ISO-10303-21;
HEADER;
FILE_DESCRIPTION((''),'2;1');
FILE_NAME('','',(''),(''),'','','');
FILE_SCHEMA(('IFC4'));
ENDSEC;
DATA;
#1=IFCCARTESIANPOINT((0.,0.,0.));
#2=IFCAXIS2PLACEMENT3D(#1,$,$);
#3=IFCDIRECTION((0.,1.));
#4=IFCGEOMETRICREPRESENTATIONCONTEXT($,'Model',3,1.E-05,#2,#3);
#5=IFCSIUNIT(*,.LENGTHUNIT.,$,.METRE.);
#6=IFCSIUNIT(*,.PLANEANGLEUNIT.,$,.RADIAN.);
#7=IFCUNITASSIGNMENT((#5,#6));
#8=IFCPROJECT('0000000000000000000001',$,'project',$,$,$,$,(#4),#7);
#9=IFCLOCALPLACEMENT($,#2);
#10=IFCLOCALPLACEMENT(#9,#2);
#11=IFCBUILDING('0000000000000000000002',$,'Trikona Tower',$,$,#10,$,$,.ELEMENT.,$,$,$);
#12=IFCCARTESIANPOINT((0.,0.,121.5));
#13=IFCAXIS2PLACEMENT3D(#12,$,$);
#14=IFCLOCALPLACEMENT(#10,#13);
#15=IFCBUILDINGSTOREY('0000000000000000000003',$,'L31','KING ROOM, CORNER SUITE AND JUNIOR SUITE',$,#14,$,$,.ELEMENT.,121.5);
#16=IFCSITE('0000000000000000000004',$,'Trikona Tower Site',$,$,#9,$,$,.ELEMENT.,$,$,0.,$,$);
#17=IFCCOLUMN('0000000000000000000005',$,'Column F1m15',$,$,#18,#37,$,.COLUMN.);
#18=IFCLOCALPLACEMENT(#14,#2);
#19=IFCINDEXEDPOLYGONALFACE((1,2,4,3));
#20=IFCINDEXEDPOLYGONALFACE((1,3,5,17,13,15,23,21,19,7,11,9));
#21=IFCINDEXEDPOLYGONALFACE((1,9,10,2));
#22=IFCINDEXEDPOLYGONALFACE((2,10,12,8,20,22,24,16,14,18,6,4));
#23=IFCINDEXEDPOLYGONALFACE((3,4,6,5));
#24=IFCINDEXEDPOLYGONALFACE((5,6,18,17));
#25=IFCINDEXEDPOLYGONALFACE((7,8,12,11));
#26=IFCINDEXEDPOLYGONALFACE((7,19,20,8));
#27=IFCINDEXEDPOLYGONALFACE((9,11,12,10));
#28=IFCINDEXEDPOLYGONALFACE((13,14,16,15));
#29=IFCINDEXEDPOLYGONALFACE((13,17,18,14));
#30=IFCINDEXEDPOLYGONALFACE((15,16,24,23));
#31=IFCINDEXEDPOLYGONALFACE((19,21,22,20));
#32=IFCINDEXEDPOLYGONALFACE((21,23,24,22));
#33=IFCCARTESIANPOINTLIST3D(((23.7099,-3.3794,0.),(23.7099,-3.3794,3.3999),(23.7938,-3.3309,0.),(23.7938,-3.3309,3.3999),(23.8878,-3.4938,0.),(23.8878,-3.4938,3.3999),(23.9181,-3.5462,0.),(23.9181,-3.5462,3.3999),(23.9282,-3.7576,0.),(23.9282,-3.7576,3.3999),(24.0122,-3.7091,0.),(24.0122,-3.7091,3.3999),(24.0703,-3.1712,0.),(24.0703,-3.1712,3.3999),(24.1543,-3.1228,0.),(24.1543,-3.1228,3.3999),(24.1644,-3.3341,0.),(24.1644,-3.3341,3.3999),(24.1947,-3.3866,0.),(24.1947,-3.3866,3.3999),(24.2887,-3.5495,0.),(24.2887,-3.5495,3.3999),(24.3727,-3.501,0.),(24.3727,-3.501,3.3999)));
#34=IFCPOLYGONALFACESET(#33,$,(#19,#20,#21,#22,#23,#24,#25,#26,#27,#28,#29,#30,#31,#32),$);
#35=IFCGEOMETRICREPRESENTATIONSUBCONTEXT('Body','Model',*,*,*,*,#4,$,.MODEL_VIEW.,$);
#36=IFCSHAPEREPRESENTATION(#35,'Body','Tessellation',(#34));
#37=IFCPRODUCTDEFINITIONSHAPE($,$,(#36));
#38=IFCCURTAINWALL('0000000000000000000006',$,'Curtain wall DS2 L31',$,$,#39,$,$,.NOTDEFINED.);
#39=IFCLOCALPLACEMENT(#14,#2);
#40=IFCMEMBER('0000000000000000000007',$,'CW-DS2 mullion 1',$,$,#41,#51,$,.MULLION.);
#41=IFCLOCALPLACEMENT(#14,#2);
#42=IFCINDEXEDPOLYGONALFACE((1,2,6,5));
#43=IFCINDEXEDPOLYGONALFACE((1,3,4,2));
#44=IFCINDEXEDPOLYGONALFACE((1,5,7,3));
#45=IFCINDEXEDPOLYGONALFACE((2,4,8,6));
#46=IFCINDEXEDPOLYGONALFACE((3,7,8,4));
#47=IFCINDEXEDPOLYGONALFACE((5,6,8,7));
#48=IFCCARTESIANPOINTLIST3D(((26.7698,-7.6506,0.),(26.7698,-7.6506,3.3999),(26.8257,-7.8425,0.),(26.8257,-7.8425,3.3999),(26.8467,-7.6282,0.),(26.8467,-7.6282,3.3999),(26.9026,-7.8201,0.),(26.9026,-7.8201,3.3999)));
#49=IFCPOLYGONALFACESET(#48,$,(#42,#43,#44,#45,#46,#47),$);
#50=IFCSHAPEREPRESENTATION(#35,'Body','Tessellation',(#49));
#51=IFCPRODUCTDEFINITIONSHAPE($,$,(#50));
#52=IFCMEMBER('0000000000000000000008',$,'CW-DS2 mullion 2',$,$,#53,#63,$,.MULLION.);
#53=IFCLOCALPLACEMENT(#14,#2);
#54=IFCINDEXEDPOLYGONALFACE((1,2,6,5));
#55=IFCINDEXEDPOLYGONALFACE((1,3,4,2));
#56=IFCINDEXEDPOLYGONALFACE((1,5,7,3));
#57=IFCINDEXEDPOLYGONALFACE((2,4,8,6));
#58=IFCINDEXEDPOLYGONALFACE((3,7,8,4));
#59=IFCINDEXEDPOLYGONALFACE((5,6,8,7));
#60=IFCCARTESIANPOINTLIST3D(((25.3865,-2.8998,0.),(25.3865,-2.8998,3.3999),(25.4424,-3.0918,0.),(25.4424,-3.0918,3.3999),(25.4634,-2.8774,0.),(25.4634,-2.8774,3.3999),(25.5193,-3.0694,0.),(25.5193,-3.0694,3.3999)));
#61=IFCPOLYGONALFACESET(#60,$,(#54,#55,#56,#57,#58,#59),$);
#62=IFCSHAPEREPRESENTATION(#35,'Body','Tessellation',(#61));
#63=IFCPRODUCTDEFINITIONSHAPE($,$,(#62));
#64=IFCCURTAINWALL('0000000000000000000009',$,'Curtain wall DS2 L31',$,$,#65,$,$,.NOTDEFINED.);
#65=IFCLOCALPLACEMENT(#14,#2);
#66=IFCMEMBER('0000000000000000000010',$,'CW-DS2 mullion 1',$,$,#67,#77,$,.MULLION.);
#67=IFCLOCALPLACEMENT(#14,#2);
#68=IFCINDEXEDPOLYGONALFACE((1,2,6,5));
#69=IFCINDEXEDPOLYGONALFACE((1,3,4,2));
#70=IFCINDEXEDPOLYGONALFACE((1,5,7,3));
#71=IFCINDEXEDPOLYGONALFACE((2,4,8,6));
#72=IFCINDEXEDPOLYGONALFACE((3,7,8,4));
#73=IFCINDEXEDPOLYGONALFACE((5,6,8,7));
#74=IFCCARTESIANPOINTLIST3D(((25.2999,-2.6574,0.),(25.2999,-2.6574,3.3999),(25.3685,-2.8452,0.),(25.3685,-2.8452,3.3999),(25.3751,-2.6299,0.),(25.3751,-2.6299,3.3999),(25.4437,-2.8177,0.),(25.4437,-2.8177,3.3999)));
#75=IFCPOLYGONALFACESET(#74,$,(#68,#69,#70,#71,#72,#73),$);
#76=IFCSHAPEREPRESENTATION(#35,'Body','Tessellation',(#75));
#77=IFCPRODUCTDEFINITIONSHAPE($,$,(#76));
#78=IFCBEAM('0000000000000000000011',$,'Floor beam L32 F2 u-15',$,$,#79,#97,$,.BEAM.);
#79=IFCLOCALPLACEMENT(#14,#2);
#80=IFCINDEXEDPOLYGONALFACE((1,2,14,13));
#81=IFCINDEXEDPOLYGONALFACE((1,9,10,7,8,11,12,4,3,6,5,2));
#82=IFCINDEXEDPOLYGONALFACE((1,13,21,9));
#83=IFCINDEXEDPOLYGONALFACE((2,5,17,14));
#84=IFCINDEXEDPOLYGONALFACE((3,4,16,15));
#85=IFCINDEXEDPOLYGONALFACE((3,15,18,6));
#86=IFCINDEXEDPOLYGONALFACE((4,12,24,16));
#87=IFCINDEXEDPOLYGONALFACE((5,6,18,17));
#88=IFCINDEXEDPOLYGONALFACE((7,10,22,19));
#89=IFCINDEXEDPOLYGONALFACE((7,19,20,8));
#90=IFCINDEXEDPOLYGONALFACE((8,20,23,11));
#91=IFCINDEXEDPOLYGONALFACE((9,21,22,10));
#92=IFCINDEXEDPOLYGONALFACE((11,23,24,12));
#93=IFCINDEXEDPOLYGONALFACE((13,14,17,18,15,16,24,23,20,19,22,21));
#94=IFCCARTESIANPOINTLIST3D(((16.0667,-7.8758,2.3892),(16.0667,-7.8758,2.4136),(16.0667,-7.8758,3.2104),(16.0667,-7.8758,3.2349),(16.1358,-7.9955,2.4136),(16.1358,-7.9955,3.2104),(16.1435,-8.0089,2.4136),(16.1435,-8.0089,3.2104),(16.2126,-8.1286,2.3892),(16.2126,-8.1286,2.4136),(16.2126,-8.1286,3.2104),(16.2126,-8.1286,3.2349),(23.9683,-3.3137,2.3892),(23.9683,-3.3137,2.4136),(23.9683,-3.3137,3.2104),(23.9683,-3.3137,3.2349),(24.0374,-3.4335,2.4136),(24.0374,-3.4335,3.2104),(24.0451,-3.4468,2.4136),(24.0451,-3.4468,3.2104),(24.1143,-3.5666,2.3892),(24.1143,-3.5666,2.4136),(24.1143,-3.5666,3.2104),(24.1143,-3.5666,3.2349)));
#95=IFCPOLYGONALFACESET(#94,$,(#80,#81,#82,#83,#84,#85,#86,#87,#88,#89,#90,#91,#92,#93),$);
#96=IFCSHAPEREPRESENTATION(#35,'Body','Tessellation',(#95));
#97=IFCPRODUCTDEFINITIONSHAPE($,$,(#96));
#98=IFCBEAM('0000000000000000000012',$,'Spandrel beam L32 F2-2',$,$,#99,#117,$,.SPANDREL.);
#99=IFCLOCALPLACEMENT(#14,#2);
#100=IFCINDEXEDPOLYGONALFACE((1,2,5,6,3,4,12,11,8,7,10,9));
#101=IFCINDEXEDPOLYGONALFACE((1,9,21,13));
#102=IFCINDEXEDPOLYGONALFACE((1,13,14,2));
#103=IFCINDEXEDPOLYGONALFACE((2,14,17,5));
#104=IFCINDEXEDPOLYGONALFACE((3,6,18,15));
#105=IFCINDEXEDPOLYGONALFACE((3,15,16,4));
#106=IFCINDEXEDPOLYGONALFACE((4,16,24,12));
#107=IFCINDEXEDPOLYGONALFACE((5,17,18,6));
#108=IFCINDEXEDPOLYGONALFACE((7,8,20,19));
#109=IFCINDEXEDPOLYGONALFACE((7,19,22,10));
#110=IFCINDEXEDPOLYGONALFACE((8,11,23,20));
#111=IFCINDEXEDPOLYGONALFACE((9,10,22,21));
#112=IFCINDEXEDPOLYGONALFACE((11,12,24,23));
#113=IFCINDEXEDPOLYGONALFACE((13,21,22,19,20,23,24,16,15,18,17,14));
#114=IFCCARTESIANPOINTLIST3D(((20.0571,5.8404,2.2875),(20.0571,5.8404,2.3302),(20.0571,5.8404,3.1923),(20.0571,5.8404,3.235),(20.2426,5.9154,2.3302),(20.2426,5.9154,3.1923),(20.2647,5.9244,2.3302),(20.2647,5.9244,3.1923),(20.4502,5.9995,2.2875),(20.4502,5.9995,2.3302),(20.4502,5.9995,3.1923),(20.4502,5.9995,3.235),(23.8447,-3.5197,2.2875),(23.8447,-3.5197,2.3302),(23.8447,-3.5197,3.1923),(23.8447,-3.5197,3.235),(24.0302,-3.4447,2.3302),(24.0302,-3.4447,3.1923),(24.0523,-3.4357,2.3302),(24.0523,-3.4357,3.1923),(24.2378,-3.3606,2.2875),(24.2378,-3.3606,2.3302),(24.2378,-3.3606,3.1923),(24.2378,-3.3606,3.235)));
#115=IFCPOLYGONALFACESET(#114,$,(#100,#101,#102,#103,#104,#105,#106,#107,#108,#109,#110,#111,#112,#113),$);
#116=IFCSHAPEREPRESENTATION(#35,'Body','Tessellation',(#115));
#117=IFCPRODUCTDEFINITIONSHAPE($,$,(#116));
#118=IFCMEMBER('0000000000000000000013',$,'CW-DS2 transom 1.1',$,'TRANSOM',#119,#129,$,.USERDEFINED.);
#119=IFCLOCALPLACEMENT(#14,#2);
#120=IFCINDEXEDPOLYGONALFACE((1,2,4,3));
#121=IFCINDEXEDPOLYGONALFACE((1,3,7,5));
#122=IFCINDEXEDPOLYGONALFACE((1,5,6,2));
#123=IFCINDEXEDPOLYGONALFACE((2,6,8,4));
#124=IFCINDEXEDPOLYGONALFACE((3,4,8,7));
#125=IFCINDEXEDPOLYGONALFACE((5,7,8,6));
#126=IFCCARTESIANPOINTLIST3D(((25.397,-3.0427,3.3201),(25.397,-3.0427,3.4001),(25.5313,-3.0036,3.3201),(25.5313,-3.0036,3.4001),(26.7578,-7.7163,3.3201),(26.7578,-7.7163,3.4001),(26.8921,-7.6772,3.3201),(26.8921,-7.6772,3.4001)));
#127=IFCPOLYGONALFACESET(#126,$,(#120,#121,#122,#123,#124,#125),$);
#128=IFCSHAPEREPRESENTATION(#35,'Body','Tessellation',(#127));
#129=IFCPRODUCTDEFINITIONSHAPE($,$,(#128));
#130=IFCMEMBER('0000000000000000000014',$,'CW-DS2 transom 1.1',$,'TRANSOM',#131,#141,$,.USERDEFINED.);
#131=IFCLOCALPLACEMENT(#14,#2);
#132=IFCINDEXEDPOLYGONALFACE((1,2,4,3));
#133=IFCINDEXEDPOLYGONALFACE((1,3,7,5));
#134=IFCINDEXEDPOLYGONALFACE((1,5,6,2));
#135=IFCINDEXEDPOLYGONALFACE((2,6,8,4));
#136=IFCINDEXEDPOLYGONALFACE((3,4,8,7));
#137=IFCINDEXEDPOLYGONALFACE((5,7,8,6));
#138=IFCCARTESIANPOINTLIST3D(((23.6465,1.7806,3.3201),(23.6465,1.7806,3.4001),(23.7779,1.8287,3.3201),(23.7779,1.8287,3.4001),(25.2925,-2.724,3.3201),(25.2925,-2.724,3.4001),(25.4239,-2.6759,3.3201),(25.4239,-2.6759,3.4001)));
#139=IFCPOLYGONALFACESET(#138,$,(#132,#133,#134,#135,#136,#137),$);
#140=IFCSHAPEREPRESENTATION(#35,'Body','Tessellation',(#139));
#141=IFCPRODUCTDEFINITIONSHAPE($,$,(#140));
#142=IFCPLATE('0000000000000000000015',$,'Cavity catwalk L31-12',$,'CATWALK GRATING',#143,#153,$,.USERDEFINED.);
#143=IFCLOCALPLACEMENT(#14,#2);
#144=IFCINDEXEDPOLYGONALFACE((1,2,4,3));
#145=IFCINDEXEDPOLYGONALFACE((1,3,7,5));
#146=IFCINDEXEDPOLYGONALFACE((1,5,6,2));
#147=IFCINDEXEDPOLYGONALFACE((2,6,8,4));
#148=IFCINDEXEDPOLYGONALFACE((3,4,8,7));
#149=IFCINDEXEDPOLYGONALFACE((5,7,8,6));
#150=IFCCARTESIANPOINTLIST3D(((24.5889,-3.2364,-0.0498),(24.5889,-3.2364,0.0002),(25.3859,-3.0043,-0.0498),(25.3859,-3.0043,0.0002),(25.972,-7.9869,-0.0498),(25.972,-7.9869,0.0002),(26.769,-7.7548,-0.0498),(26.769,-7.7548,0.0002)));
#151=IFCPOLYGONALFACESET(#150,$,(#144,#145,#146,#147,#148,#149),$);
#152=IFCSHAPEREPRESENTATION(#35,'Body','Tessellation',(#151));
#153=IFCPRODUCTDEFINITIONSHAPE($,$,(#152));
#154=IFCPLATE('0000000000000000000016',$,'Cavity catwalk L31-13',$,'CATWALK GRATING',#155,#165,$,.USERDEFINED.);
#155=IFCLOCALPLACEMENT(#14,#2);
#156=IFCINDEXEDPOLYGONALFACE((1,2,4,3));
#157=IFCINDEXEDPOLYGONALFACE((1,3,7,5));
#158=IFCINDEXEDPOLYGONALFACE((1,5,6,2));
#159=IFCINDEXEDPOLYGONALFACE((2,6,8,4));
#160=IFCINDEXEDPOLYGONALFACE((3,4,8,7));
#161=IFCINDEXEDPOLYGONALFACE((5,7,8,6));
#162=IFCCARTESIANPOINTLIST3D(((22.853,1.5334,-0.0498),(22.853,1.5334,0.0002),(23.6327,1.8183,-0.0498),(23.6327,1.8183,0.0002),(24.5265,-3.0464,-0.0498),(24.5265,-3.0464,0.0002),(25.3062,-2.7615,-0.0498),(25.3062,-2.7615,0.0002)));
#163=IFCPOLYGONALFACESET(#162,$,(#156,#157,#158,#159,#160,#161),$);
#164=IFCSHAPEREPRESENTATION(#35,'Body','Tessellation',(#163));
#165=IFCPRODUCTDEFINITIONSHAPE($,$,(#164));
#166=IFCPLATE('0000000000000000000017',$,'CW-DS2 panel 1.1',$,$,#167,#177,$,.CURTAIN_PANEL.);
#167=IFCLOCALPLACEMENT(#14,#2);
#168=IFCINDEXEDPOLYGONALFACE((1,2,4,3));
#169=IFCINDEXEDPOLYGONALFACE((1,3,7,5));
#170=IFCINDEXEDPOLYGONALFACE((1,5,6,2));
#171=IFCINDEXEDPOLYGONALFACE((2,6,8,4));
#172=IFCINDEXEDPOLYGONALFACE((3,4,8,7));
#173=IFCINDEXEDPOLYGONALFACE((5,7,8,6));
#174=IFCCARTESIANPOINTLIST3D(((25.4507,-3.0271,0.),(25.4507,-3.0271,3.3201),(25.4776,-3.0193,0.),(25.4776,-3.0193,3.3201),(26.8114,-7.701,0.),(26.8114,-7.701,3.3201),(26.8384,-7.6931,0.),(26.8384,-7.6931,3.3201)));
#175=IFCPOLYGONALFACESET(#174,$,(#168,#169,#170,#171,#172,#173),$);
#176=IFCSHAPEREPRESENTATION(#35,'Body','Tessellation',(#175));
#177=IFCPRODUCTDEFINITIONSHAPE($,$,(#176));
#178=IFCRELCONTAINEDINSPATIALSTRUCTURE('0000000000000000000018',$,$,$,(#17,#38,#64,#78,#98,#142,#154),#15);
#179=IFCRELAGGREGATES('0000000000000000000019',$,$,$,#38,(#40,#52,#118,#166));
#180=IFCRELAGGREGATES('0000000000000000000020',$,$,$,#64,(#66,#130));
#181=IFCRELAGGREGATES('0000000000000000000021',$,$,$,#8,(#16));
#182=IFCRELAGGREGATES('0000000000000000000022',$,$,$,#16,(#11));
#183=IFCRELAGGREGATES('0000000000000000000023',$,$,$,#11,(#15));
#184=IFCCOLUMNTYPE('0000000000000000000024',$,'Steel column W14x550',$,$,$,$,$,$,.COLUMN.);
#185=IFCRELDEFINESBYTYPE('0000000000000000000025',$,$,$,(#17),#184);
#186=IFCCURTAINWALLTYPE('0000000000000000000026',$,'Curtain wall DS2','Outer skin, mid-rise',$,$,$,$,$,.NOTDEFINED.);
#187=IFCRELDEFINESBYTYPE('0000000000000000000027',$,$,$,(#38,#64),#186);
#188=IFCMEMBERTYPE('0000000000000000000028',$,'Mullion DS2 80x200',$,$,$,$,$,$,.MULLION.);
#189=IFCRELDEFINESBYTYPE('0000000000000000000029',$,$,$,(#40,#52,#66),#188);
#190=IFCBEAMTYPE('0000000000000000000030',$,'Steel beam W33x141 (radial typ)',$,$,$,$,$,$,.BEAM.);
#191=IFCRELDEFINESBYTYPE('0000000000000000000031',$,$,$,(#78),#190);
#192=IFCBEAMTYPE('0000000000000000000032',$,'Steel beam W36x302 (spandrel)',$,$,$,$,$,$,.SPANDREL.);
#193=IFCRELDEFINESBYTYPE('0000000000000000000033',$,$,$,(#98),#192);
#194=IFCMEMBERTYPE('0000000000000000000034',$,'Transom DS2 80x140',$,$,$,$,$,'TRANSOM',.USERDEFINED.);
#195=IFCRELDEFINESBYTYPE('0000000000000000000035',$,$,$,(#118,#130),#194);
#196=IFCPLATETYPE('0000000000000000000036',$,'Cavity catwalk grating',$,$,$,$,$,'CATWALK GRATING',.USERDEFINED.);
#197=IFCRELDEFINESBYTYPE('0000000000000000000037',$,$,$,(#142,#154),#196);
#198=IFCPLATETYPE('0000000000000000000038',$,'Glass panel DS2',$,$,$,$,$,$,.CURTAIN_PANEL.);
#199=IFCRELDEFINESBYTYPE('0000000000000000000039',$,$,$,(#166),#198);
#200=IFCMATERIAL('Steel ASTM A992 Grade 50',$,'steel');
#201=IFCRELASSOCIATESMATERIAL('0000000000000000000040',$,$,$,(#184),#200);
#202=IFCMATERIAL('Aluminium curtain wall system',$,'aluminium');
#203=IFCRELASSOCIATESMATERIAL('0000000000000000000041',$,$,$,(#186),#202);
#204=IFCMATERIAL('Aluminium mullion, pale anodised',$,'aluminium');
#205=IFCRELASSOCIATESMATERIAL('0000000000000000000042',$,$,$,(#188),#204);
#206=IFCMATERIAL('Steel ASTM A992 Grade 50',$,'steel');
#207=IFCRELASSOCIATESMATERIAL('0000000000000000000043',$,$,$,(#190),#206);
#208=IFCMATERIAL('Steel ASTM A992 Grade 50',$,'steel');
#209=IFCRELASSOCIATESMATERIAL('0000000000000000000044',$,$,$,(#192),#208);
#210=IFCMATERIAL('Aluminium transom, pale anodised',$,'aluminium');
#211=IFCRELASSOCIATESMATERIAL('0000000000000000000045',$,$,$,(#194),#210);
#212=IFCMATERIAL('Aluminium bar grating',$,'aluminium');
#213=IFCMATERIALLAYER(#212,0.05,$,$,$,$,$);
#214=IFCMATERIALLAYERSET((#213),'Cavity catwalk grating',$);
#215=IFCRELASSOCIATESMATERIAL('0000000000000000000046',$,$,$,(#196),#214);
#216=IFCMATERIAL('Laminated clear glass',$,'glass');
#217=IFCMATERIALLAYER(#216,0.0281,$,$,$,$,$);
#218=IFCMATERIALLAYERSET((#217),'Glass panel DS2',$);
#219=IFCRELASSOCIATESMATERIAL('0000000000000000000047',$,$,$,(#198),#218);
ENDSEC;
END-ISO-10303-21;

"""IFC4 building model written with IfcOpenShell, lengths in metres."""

from ifc_helpers import new_model, si_unit, direction, frame, origin, origin_2d, place, context, subcontext, project, spatial, rectangle, i_section, extrude, material, layer, layer_set, material_profile, profile_set, type_object, element, aggregate, save


model = new_model("IFC4")

# Units and contexts
model_context = context("Model", 3, precision=1e-05, world=origin(), true_north=direction((0.0, 1.0)))
body_context = subcontext(model_context, "Body", "Model", "MODEL_VIEW")
ifc_project = project(units=[si_unit("LENGTHUNIT", "METRE"), si_unit("PLANEANGLEUNIT", "RADIAN")], contexts=[model_context])

# Site, building, storey
site_placement = place(None, origin())
site = spatial("IfcSite", under=ifc_project, at=site_placement, Name="Trikona Tower Site", CompositionType="ELEMENT", RefElevation=0.0)
building_placement = place(site_placement, origin())
building = spatial("IfcBuilding", under=site, at=building_placement, Name="Trikona Tower", CompositionType="ELEMENT")
storey_placement = place(building_placement, frame((0.0, 0.0, 121.5)))
storey = spatial("IfcBuildingStorey", under=building, at=storey_placement, Name="L31", Description="KING ROOM, CORNER SUITE AND JUNIOR SUITE", CompositionType="ELEMENT", Elevation=121.5)

# Column
ifc_material_1 = material(Name="Steel ASTM A992 Grade 50", Category="steel")
ifc_material_profile_1 = material_profile(ifc_material_1, i_section(OverallWidth=0.4368, OverallDepth=0.5132, WebThickness=0.0605, FlangeThickness=0.0969, at=origin_2d()), Name="W14X550")
ifc_profile_set_1 = profile_set([ifc_material_profile_1], Name="Steel ASTM A992 Grade 50")
column_type = type_object("IfcColumnType", Name="Steel column W14x550", PredefinedType="COLUMN", material=ifc_profile_set_1)
column_placement = place(storey_placement, frame((24.0413, -3.4402, 0.0), z_axis=(0.0, 0.0, 1.0), x_axis=(-0.5, 0.866025, 0.0)))
element("IfcColumn", 1, at=column_placement, inside=storey, type_object=column_type, Name="Column F1m15", PredefinedType="COLUMN", context=body_context, shape_type="SweptSolid", body=[
    extrude(i_section(OverallWidth=0.4368, OverallDepth=0.5132, WebThickness=0.0605, FlangeThickness=0.0969, at=origin_2d()), origin(), (0.0, 0.0, 1.0), 3.3999),
])

# Curtain wall, members
ifc_material_2 = material(Name="Aluminium curtain wall system", Category="aluminium")
curtain_wall_type = type_object("IfcCurtainWallType", Name="Curtain wall DS2", Description="Outer skin, mid-rise", PredefinedType="NOTDEFINED", material=ifc_material_2)
curtain_wall_1_placement = place(storey_placement, origin())
curtain_wall_1 = element("IfcCurtainWall", 2, at=curtain_wall_1_placement, inside=storey, type_object=curtain_wall_type, Name="Curtain wall DS2 L31", PredefinedType="NOTDEFINED")
ifc_material_3 = material(Name="Aluminium mullion, pale anodised", Category="aluminium")
ifc_material_profile_2 = material_profile(ifc_material_3, rectangle(XDim=0.0801, YDim=0.2, at=origin_2d()), Name="MUL-DS2")
ifc_profile_set_2 = profile_set([ifc_material_profile_2], Name="Aluminium mullion, pale anodised")
member_type_1 = type_object("IfcMemberType", Name="Mullion DS2 80x200", PredefinedType="MULLION", material=ifc_profile_set_2)
member_1_placement = place(storey_placement, frame((26.8362, -7.7354, 0.0), z_axis=(0.0, 0.0, 1.0), x_axis=(-0.960133, -0.279543, 0.0)))
member_1 = element("IfcMember", 3, at=member_1_placement, type_object=member_type_1, Name="CW-DS2 mullion 1", PredefinedType="MULLION", context=body_context, shape_type="SweptSolid", body=[
    extrude(rectangle(XDim=0.0801, YDim=0.2, at=origin_2d()), origin(), (0.0, 0.0, 1.0), 3.3999),
])
member_2_placement = place(storey_placement, frame((25.4529, -2.9846, 0.0), z_axis=(0.0, 0.0, 1.0), x_axis=(-0.960133, -0.279543, 0.0)))
member_2 = element("IfcMember", 4, at=member_2_placement, type_object=member_type_1, Name="CW-DS2 mullion 2", PredefinedType="MULLION", context=body_context, shape_type="SweptSolid", body=[
    extrude(rectangle(XDim=0.0801, YDim=0.2, at=origin_2d()), origin(), (0.0, 0.0, 1.0), 3.3999),
])

# Curtain wall, member
curtain_wall_2_placement = place(storey_placement, origin())
curtain_wall_2 = element("IfcCurtainWall", 5, at=curtain_wall_2_placement, inside=storey, type_object=curtain_wall_type, Name="Curtain wall DS2 L31", PredefinedType="NOTDEFINED")
member_3_placement = place(storey_placement, frame((25.3718, -2.7375, 0.0), z_axis=(0.0, 0.0, 1.0), x_axis=(-0.939254, -0.343223, 0.0)))
member_3 = element("IfcMember", 6, at=member_3_placement, type_object=member_type_1, Name="CW-DS2 mullion 1", PredefinedType="MULLION", context=body_context, shape_type="SweptSolid", body=[
    extrude(rectangle(XDim=0.0801, YDim=0.2, at=origin_2d()), origin(), (0.0, 0.0, 1.0), 3.3999),
])

# Beams
ifc_material_4 = material(Name="Steel ASTM A992 Grade 50", Category="steel")
ifc_material_profile_3 = material_profile(ifc_material_4, i_section(OverallWidth=0.292, OverallDepth=0.8457, WebThickness=0.0154, FlangeThickness=0.0244, at=origin_2d()), Name="W33X141")
ifc_profile_set_3 = profile_set([ifc_material_profile_3], Name="Steel ASTM A992 Grade 50")
beam_type_1 = type_object("IfcBeamType", Name="Steel beam W33x141 (radial typ)", PredefinedType="BEAM", material=ifc_profile_set_3)
beam_1_placement = place(storey_placement, frame((16.1396, -8.0022, 2.812), z_axis=(0.866025, 0.500001, 0.0), x_axis=(-0.500001, 0.866025, 0.0)))
element("IfcBeam", 7, at=beam_1_placement, inside=storey, type_object=beam_type_1, Name="Floor beam L32 F2 u-15", PredefinedType="BEAM", context=body_context, shape_type="SweptSolid", body=[
    extrude(i_section(OverallWidth=0.292, OverallDepth=0.8457, WebThickness=0.0154, FlangeThickness=0.0244, at=origin_2d()), origin(), (0.0, 0.0, 1.0), 9.124),
])
ifc_material_5 = material(Name="Steel ASTM A992 Grade 50", Category="steel")
ifc_material_profile_4 = material_profile(ifc_material_5, i_section(OverallWidth=0.4241, OverallDepth=0.9475, WebThickness=0.0239, FlangeThickness=0.0427, at=origin_2d()), Name="W36X302")
ifc_profile_set_4 = profile_set([ifc_material_profile_4], Name="Steel ASTM A992 Grade 50")
beam_type_2 = type_object("IfcBeamType", Name="Steel beam W36x302 (spandrel)", PredefinedType="SPANDREL", material=ifc_profile_set_4)
beam_2_placement = place(storey_placement, frame((24.0413, -3.4402, 2.7612), z_axis=(-0.375106, 0.926982, 0.0), x_axis=(-0.926982, -0.375106, 0.0)))
element("IfcBeam", 8, at=beam_2_placement, inside=storey, type_object=beam_type_2, Name="Spandrel beam L32 F2-2", PredefinedType="SPANDREL", context=body_context, shape_type="SweptSolid", body=[
    extrude(i_section(OverallWidth=0.4241, OverallDepth=0.9475, WebThickness=0.0239, FlangeThickness=0.0427, at=origin_2d()), origin(), (0.0, 0.0, 1.0), 10.0974),
])

# Members
ifc_material_6 = material(Name="Aluminium transom, pale anodised", Category="aluminium")
ifc_material_profile_5 = material_profile(ifc_material_6, rectangle(XDim=0.1399, YDim=0.0801, at=origin_2d()), Name="TRN-DS2")
ifc_profile_set_5 = profile_set([ifc_material_profile_5], Name="Aluminium transom, pale anodised")
member_type_2 = type_object("IfcMemberType", Name="Transom DS2 80x140", ElementType="TRANSOM", PredefinedType="USERDEFINED", material=ifc_profile_set_5)
member_4_placement = place(storey_placement, frame((26.825, -7.6968, 3.3601), z_axis=(-0.279567, 0.960126, 0.0), x_axis=(-0.960126, -0.279567, 0.0)))
member_4 = element("IfcMember", 9, at=member_4_placement, type_object=member_type_2, Name="CW-DS2 transom 1.1", ObjectType="TRANSOM", PredefinedType="USERDEFINED", context=body_context, shape_type="SweptSolid", body=[
    extrude(rectangle(XDim=0.1399, YDim=0.0801, at=origin_2d()), origin(), (0.0, 0.0, 1.0), 4.8677),
])
member_5_placement = place(storey_placement, frame((25.3582, -2.7, 3.3601), z_axis=(-0.343206, 0.93926, 0.0), x_axis=(-0.93926, -0.343206, 0.0)))
member_5 = element("IfcMember", 10, at=member_5_placement, type_object=member_type_2, Name="CW-DS2 transom 1.1", ObjectType="TRANSOM", PredefinedType="USERDEFINED", context=body_context, shape_type="SweptSolid", body=[
    extrude(rectangle(XDim=0.1399, YDim=0.0801, at=origin_2d()), origin(), (0.0, 0.0, 1.0), 4.7959),
])

# Plates
ifc_material_7 = material(Name="Aluminium bar grating", Category="aluminium")
ifc_layer_1 = layer(ifc_material_7, 0.05)
ifc_layer_set_1 = layer_set([ifc_layer_1], Name="Cavity catwalk grating")
plate_type_1 = type_object("IfcPlateType", Name="Cavity catwalk grating", ElementType="CATWALK GRATING", PredefinedType="USERDEFINED", material=ifc_layer_set_1)
plate_1_placement = place(storey_placement, frame((25.679, -5.4956, -0.0498), z_axis=(0.0, 0.0, 1.0), x_axis=(-0.279554, 0.96013, 0.0)))
element("IfcPlate", 11, at=plate_1_placement, inside=storey, type_object=plate_type_1, Name="Cavity catwalk L31-12", ObjectType="CATWALK GRATING", PredefinedType="USERDEFINED", context=body_context, shape_type="SweptSolid", body=[
    extrude(rectangle(XDim=4.9478, YDim=0.8301, at=origin_2d()), origin(), (0.0, 0.0, 1.0), 0.05),
])
plate_2_placement = place(storey_placement, frame((24.0796, -0.614, -0.0498), z_axis=(0.0, 0.0, 1.0), x_axis=(-0.34322, 0.939255, 0.0)))
element("IfcPlate", 12, at=plate_2_placement, inside=storey, type_object=plate_type_1, Name="Cavity catwalk L31-13", ObjectType="CATWALK GRATING", PredefinedType="USERDEFINED", context=body_context, shape_type="SweptSolid", body=[
    extrude(rectangle(XDim=4.876, YDim=0.8301, at=origin_2d()), origin(), (0.0, 0.0, 1.0), 0.05),
])

# Plate
ifc_material_8 = material(Name="Laminated clear glass", Category="glass")
ifc_layer_2 = layer(ifc_material_8, 0.0281)
ifc_layer_set_2 = layer_set([ifc_layer_2], Name="Glass panel DS2")
plate_type_2 = type_object("IfcPlateType", Name="Glass panel DS2", PredefinedType="CURTAIN_PANEL", material=ifc_layer_set_2)
plate_3_placement = place(storey_placement, frame((26.1445, -5.3601, 0.0), z_axis=(0.0, 0.0, 1.0), x_axis=(-0.279543, 0.960133, 0.0)))
plate_3 = element("IfcPlate", 13, at=plate_3_placement, type_object=plate_type_2, Name="CW-DS2 panel 1.1", PredefinedType="CURTAIN_PANEL", context=body_context, shape_type="SweptSolid", body=[
    extrude(rectangle(XDim=4.8679, YDim=0.0281, at=origin_2d()), origin(), (0.0, 0.0, 1.0), 3.3201),
])
aggregate(curtain_wall_1, [member_1, member_2, member_4, plate_3])
aggregate(curtain_wall_2, [member_3, member_5])

save(model, "model.ifc")
